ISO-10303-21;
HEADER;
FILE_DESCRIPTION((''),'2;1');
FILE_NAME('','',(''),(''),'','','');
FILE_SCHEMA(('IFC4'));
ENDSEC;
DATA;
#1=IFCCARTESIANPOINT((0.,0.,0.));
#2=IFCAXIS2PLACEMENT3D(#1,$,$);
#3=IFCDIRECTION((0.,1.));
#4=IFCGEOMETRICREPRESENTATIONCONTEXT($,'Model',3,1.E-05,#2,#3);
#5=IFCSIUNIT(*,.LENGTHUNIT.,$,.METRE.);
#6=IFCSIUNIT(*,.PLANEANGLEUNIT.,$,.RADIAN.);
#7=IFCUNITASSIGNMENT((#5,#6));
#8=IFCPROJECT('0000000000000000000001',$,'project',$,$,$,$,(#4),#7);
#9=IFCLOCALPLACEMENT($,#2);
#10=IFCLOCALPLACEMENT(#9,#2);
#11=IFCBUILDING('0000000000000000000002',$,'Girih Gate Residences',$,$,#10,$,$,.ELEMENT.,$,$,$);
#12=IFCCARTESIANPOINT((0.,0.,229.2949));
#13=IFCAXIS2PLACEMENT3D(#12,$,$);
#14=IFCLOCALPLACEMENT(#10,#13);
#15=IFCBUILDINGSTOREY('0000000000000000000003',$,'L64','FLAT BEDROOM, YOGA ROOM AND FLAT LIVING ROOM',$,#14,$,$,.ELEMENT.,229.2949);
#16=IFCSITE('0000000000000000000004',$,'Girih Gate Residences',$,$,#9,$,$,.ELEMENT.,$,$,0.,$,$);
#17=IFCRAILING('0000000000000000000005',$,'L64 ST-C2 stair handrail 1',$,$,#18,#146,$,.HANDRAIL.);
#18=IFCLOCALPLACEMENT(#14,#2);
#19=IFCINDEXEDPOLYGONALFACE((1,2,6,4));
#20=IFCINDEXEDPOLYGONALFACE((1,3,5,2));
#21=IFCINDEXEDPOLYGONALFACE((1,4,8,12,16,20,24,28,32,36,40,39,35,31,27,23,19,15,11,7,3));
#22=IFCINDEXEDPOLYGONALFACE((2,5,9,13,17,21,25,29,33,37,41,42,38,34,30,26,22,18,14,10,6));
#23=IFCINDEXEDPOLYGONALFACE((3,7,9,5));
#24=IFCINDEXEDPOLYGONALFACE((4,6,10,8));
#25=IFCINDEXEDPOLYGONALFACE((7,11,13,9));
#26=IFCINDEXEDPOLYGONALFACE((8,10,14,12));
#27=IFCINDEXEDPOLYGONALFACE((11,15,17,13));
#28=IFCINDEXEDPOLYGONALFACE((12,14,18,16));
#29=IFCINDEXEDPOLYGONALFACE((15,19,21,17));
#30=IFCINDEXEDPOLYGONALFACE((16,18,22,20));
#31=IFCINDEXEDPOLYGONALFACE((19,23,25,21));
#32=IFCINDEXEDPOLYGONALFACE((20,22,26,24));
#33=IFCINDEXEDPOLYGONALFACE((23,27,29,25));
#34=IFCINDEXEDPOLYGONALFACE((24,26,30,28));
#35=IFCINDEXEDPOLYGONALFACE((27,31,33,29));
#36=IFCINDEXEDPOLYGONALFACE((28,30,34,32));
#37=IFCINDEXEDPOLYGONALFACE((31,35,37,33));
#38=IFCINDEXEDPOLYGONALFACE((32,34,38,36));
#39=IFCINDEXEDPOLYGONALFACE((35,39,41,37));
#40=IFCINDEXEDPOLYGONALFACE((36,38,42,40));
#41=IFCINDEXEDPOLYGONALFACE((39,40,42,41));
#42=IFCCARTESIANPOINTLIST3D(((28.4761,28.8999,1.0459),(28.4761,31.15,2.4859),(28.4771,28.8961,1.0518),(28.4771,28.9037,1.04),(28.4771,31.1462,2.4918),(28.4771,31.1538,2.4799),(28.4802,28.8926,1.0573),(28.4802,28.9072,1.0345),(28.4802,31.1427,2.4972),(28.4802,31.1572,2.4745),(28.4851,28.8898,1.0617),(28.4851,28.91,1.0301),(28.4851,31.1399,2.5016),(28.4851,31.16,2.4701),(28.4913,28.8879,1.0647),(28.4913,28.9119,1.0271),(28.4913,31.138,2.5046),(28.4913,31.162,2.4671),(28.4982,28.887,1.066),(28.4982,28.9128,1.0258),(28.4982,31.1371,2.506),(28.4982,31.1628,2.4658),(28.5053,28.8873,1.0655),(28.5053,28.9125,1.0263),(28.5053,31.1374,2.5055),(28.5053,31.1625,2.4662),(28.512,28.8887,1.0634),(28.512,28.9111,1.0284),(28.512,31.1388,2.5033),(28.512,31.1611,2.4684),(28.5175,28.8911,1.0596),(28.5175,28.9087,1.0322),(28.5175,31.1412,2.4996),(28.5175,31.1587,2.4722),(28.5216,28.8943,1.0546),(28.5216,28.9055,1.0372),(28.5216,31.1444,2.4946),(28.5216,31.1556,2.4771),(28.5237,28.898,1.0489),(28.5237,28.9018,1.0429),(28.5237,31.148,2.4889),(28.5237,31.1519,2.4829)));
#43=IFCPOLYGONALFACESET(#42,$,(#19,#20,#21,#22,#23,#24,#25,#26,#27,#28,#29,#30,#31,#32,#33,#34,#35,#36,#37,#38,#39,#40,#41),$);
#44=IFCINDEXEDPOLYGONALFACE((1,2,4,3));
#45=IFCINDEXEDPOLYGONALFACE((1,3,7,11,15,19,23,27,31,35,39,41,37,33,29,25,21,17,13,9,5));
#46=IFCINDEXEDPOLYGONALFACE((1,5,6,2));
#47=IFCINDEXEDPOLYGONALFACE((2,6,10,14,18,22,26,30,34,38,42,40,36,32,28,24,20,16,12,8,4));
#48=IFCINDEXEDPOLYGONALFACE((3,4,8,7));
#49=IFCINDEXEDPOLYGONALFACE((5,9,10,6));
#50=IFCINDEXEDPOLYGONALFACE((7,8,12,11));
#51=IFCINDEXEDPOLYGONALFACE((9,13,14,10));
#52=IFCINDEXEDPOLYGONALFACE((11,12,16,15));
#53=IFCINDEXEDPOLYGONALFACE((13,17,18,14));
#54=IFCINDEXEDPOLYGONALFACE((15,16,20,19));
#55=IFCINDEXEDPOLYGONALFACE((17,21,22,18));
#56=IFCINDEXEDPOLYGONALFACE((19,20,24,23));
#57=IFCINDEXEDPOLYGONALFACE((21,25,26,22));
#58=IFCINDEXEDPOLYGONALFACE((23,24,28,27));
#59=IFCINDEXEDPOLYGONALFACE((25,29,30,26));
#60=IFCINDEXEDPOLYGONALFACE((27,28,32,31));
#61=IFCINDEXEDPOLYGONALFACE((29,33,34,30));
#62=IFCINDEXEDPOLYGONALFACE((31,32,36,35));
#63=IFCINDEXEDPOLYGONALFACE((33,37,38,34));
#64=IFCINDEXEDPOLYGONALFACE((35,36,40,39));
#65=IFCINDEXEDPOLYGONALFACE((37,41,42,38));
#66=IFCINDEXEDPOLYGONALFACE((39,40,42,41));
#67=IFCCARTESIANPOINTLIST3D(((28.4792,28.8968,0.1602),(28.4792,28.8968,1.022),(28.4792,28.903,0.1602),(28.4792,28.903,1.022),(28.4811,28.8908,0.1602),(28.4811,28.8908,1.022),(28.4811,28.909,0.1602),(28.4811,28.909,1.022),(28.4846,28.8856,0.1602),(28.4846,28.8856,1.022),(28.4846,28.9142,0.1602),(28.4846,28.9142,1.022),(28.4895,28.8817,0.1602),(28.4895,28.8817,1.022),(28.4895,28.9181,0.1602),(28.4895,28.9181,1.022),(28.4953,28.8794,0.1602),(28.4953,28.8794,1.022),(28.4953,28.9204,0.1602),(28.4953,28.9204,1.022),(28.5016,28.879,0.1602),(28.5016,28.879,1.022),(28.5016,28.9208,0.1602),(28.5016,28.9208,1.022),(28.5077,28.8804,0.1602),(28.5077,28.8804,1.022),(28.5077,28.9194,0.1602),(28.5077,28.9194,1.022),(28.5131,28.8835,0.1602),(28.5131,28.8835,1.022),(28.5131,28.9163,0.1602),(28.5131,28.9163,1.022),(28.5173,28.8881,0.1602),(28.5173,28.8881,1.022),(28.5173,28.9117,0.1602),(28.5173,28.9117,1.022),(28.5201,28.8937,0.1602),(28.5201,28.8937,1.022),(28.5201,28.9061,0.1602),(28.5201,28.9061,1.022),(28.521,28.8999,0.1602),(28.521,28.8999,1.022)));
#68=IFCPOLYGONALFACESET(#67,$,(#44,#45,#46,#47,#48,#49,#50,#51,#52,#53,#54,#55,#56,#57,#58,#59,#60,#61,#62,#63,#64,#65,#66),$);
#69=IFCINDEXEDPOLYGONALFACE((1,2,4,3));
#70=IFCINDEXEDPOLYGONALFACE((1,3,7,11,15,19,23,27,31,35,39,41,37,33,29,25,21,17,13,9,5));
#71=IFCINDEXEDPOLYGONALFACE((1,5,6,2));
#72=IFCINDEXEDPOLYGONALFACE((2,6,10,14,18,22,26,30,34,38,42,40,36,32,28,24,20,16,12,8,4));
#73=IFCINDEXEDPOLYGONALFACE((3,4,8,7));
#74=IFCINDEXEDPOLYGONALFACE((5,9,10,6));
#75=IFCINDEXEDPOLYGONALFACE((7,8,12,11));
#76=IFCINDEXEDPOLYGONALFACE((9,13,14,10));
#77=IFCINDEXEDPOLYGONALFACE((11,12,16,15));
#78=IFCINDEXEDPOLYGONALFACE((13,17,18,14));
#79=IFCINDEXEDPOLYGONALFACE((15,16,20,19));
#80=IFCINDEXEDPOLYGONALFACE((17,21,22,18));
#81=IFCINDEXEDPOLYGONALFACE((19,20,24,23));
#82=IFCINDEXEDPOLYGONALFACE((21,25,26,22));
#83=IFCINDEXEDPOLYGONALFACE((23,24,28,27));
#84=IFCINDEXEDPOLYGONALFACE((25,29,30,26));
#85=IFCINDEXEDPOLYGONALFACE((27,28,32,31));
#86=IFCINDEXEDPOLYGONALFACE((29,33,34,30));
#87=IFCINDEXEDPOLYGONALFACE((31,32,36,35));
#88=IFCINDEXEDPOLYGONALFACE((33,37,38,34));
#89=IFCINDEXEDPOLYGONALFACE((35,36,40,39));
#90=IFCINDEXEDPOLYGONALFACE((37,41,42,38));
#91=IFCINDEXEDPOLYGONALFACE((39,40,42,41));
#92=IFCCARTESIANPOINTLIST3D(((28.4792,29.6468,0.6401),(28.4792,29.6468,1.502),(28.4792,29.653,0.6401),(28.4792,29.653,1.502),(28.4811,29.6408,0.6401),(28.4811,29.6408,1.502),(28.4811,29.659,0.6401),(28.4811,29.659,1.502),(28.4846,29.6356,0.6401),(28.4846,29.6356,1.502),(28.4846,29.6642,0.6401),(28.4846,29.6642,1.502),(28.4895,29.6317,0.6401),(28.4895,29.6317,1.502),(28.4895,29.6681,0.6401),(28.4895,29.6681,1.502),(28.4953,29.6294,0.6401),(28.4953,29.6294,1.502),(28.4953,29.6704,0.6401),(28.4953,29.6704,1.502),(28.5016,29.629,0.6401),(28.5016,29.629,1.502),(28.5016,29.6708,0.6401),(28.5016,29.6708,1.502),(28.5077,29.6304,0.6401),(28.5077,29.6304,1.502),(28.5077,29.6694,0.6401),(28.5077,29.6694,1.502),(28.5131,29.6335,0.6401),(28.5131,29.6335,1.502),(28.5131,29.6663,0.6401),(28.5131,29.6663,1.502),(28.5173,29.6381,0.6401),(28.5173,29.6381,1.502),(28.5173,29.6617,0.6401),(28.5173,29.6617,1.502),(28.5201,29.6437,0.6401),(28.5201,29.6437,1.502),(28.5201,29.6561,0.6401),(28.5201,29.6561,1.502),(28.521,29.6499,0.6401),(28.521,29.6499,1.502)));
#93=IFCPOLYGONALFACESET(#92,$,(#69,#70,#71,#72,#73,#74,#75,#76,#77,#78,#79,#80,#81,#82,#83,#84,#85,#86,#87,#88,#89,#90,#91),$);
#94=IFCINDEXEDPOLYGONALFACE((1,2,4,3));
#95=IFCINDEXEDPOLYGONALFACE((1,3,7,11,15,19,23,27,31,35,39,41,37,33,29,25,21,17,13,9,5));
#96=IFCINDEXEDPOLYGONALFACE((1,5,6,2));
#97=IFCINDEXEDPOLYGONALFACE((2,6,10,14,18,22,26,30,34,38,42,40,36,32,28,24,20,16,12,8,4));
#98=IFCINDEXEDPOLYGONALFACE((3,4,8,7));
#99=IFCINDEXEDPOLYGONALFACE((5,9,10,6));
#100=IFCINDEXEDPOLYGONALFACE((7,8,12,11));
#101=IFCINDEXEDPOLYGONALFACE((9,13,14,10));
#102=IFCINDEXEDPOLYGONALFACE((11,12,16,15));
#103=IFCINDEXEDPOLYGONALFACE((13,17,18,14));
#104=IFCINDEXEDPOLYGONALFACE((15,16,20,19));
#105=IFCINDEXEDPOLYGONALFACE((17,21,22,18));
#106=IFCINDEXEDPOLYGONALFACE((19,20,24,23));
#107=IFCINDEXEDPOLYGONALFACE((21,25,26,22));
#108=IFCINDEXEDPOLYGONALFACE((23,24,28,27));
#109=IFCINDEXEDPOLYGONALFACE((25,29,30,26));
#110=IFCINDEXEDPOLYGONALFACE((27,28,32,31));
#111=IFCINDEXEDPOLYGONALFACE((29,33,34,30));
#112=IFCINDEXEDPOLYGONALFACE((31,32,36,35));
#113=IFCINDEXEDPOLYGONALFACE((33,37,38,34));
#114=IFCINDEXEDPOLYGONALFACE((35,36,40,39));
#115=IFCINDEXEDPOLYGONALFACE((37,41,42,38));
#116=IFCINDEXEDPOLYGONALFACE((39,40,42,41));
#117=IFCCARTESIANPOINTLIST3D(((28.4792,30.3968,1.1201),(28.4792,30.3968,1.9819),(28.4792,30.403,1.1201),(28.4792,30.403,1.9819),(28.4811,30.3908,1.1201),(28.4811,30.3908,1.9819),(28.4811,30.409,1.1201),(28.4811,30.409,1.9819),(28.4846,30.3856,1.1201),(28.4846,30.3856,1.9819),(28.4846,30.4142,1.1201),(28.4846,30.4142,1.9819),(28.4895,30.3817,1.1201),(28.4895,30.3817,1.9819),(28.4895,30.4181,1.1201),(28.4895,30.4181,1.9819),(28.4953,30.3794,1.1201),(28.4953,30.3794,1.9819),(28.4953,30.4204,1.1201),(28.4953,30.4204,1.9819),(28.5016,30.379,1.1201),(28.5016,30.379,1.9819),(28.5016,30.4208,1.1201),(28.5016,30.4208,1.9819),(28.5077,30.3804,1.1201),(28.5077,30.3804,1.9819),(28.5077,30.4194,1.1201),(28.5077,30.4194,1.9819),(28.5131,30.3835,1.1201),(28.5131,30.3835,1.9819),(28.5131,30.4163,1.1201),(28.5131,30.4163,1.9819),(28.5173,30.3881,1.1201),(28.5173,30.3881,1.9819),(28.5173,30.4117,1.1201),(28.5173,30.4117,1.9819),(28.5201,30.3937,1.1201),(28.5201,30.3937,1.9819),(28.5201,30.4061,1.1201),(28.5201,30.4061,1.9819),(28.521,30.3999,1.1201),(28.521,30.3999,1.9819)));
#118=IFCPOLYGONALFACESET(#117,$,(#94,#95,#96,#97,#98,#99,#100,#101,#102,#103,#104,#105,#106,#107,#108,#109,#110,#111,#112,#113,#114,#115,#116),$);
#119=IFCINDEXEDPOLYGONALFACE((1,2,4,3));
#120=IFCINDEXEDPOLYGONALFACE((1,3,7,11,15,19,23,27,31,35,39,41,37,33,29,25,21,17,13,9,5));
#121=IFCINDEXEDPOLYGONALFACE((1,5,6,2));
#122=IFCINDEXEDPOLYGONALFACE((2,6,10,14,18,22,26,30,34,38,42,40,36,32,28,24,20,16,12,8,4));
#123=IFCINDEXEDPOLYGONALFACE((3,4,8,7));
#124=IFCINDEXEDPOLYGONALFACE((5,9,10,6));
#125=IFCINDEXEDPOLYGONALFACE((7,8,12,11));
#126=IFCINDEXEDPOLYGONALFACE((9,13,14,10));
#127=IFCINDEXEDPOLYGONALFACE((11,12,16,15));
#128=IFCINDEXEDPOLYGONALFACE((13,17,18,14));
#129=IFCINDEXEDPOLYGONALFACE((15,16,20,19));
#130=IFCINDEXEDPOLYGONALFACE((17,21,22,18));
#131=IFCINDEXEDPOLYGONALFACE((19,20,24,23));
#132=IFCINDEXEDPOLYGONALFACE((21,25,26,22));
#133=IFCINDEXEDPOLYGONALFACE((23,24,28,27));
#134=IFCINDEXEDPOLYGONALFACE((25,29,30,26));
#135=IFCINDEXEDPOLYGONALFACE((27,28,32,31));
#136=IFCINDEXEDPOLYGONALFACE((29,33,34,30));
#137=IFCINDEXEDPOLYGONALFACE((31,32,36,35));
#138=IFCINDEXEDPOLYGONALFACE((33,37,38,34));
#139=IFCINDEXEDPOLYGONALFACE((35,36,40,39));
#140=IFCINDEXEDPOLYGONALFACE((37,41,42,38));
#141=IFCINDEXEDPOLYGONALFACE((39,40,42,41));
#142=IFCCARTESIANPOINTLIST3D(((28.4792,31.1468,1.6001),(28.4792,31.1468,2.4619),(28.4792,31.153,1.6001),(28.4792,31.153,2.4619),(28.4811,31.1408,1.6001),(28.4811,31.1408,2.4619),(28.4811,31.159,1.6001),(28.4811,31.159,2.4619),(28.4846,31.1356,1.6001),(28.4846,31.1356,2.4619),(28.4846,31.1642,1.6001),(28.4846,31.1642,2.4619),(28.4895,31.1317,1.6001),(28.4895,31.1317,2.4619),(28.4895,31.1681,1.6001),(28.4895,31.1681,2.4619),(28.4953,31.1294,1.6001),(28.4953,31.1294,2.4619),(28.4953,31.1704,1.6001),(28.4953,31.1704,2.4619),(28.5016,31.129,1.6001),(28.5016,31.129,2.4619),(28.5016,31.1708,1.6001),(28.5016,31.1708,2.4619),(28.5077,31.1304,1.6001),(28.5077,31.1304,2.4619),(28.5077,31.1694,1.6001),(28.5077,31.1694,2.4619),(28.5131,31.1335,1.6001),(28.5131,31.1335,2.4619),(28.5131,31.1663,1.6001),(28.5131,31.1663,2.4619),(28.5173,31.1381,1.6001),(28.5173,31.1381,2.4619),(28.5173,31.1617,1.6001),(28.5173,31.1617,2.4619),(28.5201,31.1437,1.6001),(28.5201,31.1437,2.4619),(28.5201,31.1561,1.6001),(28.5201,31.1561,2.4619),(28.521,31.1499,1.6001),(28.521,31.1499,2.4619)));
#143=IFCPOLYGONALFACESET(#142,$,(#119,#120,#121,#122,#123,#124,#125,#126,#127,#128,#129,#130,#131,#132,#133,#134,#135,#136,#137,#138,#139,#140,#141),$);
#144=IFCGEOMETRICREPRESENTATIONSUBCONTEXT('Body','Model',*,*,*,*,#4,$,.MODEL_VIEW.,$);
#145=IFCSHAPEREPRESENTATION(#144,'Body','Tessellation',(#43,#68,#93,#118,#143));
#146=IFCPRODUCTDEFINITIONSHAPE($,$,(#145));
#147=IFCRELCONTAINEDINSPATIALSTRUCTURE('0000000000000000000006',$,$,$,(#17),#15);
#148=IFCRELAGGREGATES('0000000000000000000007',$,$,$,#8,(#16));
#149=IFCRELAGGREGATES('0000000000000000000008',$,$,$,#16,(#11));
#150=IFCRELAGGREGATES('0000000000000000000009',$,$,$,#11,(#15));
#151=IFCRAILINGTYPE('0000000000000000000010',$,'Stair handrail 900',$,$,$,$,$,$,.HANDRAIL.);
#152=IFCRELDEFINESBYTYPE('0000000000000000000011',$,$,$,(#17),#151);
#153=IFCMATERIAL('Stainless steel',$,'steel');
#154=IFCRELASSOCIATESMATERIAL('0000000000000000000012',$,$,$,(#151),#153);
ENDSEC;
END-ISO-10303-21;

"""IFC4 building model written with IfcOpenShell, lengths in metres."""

from ifc_helpers import new_model, si_unit, direction, frame, origin, origin_2d, place, context, subcontext, project, spatial, circle, extrude, material, type_object, element, save


model = new_model("IFC4")

# Units and contexts
model_context = context("Model", 3, precision=1e-05, world=origin(), true_north=direction((0.0, 1.0)))
body_context = subcontext(model_context, "Body", "Model", "MODEL_VIEW")
ifc_project = project(units=[si_unit("LENGTHUNIT", "METRE"), si_unit("PLANEANGLEUNIT", "RADIAN")], contexts=[model_context])

# Site, building, storey
site_placement = place(None, origin())
site = spatial("IfcSite", under=ifc_project, at=site_placement, Name="Girih Gate Residences", CompositionType="ELEMENT", RefElevation=0.0)
building_placement = place(site_placement, origin())
building = spatial("IfcBuilding", under=site, at=building_placement, Name="Girih Gate Residences", CompositionType="ELEMENT")
storey_placement = place(building_placement, frame((0.0, 0.0, 229.2949)))
storey = spatial("IfcBuildingStorey", under=building, at=storey_placement, Name="L64", Description="FLAT BEDROOM, YOGA ROOM AND FLAT LIVING ROOM", CompositionType="ELEMENT", Elevation=229.2949)

# Railing
ifc_material_1 = material(Name="Stainless steel", Category="steel")
railing_type_1 = type_object("IfcRailingType", Name="Stair handrail 900", PredefinedType="HANDRAIL", material=ifc_material_1)
railing_1_placement = place(storey_placement, frame((28.5, 28.8999, 0.1602)))
element("IfcRailing", 1, at=railing_1_placement, inside=storey, type_object=railing_type_1, Name="L64 ST-C2 stair handrail 1", PredefinedType="HANDRAIL", context=body_context, shape_type="SweptSolid", body=[
    extrude(circle(Radius=0.0239, at=origin_2d()), frame((0.0, 0.0, 0.8857), z_axis=(0.0, 0.842281, 0.539038), x_axis=(-1.0, 0.0, 0.0)), (0.0, 0.0, 1.0), 2.6714),
    extrude(circle(Radius=0.021, at=origin_2d()), origin(), (0.0, 0.0, 1.0), 0.8618),
    extrude(circle(Radius=0.021, at=origin_2d()), frame((0.0, 0.75, 0.48)), (0.0, 0.0, 1.0), 0.8618),
    extrude(circle(Radius=0.021, at=origin_2d()), frame((0.0, 1.5, 0.96)), (0.0, 0.0, 1.0), 0.8618),
    extrude(circle(Radius=0.021, at=origin_2d()), frame((0.0, 2.25, 1.4399)), (0.0, 0.0, 1.0), 0.8618),
])

save(model, "model.ifc")
